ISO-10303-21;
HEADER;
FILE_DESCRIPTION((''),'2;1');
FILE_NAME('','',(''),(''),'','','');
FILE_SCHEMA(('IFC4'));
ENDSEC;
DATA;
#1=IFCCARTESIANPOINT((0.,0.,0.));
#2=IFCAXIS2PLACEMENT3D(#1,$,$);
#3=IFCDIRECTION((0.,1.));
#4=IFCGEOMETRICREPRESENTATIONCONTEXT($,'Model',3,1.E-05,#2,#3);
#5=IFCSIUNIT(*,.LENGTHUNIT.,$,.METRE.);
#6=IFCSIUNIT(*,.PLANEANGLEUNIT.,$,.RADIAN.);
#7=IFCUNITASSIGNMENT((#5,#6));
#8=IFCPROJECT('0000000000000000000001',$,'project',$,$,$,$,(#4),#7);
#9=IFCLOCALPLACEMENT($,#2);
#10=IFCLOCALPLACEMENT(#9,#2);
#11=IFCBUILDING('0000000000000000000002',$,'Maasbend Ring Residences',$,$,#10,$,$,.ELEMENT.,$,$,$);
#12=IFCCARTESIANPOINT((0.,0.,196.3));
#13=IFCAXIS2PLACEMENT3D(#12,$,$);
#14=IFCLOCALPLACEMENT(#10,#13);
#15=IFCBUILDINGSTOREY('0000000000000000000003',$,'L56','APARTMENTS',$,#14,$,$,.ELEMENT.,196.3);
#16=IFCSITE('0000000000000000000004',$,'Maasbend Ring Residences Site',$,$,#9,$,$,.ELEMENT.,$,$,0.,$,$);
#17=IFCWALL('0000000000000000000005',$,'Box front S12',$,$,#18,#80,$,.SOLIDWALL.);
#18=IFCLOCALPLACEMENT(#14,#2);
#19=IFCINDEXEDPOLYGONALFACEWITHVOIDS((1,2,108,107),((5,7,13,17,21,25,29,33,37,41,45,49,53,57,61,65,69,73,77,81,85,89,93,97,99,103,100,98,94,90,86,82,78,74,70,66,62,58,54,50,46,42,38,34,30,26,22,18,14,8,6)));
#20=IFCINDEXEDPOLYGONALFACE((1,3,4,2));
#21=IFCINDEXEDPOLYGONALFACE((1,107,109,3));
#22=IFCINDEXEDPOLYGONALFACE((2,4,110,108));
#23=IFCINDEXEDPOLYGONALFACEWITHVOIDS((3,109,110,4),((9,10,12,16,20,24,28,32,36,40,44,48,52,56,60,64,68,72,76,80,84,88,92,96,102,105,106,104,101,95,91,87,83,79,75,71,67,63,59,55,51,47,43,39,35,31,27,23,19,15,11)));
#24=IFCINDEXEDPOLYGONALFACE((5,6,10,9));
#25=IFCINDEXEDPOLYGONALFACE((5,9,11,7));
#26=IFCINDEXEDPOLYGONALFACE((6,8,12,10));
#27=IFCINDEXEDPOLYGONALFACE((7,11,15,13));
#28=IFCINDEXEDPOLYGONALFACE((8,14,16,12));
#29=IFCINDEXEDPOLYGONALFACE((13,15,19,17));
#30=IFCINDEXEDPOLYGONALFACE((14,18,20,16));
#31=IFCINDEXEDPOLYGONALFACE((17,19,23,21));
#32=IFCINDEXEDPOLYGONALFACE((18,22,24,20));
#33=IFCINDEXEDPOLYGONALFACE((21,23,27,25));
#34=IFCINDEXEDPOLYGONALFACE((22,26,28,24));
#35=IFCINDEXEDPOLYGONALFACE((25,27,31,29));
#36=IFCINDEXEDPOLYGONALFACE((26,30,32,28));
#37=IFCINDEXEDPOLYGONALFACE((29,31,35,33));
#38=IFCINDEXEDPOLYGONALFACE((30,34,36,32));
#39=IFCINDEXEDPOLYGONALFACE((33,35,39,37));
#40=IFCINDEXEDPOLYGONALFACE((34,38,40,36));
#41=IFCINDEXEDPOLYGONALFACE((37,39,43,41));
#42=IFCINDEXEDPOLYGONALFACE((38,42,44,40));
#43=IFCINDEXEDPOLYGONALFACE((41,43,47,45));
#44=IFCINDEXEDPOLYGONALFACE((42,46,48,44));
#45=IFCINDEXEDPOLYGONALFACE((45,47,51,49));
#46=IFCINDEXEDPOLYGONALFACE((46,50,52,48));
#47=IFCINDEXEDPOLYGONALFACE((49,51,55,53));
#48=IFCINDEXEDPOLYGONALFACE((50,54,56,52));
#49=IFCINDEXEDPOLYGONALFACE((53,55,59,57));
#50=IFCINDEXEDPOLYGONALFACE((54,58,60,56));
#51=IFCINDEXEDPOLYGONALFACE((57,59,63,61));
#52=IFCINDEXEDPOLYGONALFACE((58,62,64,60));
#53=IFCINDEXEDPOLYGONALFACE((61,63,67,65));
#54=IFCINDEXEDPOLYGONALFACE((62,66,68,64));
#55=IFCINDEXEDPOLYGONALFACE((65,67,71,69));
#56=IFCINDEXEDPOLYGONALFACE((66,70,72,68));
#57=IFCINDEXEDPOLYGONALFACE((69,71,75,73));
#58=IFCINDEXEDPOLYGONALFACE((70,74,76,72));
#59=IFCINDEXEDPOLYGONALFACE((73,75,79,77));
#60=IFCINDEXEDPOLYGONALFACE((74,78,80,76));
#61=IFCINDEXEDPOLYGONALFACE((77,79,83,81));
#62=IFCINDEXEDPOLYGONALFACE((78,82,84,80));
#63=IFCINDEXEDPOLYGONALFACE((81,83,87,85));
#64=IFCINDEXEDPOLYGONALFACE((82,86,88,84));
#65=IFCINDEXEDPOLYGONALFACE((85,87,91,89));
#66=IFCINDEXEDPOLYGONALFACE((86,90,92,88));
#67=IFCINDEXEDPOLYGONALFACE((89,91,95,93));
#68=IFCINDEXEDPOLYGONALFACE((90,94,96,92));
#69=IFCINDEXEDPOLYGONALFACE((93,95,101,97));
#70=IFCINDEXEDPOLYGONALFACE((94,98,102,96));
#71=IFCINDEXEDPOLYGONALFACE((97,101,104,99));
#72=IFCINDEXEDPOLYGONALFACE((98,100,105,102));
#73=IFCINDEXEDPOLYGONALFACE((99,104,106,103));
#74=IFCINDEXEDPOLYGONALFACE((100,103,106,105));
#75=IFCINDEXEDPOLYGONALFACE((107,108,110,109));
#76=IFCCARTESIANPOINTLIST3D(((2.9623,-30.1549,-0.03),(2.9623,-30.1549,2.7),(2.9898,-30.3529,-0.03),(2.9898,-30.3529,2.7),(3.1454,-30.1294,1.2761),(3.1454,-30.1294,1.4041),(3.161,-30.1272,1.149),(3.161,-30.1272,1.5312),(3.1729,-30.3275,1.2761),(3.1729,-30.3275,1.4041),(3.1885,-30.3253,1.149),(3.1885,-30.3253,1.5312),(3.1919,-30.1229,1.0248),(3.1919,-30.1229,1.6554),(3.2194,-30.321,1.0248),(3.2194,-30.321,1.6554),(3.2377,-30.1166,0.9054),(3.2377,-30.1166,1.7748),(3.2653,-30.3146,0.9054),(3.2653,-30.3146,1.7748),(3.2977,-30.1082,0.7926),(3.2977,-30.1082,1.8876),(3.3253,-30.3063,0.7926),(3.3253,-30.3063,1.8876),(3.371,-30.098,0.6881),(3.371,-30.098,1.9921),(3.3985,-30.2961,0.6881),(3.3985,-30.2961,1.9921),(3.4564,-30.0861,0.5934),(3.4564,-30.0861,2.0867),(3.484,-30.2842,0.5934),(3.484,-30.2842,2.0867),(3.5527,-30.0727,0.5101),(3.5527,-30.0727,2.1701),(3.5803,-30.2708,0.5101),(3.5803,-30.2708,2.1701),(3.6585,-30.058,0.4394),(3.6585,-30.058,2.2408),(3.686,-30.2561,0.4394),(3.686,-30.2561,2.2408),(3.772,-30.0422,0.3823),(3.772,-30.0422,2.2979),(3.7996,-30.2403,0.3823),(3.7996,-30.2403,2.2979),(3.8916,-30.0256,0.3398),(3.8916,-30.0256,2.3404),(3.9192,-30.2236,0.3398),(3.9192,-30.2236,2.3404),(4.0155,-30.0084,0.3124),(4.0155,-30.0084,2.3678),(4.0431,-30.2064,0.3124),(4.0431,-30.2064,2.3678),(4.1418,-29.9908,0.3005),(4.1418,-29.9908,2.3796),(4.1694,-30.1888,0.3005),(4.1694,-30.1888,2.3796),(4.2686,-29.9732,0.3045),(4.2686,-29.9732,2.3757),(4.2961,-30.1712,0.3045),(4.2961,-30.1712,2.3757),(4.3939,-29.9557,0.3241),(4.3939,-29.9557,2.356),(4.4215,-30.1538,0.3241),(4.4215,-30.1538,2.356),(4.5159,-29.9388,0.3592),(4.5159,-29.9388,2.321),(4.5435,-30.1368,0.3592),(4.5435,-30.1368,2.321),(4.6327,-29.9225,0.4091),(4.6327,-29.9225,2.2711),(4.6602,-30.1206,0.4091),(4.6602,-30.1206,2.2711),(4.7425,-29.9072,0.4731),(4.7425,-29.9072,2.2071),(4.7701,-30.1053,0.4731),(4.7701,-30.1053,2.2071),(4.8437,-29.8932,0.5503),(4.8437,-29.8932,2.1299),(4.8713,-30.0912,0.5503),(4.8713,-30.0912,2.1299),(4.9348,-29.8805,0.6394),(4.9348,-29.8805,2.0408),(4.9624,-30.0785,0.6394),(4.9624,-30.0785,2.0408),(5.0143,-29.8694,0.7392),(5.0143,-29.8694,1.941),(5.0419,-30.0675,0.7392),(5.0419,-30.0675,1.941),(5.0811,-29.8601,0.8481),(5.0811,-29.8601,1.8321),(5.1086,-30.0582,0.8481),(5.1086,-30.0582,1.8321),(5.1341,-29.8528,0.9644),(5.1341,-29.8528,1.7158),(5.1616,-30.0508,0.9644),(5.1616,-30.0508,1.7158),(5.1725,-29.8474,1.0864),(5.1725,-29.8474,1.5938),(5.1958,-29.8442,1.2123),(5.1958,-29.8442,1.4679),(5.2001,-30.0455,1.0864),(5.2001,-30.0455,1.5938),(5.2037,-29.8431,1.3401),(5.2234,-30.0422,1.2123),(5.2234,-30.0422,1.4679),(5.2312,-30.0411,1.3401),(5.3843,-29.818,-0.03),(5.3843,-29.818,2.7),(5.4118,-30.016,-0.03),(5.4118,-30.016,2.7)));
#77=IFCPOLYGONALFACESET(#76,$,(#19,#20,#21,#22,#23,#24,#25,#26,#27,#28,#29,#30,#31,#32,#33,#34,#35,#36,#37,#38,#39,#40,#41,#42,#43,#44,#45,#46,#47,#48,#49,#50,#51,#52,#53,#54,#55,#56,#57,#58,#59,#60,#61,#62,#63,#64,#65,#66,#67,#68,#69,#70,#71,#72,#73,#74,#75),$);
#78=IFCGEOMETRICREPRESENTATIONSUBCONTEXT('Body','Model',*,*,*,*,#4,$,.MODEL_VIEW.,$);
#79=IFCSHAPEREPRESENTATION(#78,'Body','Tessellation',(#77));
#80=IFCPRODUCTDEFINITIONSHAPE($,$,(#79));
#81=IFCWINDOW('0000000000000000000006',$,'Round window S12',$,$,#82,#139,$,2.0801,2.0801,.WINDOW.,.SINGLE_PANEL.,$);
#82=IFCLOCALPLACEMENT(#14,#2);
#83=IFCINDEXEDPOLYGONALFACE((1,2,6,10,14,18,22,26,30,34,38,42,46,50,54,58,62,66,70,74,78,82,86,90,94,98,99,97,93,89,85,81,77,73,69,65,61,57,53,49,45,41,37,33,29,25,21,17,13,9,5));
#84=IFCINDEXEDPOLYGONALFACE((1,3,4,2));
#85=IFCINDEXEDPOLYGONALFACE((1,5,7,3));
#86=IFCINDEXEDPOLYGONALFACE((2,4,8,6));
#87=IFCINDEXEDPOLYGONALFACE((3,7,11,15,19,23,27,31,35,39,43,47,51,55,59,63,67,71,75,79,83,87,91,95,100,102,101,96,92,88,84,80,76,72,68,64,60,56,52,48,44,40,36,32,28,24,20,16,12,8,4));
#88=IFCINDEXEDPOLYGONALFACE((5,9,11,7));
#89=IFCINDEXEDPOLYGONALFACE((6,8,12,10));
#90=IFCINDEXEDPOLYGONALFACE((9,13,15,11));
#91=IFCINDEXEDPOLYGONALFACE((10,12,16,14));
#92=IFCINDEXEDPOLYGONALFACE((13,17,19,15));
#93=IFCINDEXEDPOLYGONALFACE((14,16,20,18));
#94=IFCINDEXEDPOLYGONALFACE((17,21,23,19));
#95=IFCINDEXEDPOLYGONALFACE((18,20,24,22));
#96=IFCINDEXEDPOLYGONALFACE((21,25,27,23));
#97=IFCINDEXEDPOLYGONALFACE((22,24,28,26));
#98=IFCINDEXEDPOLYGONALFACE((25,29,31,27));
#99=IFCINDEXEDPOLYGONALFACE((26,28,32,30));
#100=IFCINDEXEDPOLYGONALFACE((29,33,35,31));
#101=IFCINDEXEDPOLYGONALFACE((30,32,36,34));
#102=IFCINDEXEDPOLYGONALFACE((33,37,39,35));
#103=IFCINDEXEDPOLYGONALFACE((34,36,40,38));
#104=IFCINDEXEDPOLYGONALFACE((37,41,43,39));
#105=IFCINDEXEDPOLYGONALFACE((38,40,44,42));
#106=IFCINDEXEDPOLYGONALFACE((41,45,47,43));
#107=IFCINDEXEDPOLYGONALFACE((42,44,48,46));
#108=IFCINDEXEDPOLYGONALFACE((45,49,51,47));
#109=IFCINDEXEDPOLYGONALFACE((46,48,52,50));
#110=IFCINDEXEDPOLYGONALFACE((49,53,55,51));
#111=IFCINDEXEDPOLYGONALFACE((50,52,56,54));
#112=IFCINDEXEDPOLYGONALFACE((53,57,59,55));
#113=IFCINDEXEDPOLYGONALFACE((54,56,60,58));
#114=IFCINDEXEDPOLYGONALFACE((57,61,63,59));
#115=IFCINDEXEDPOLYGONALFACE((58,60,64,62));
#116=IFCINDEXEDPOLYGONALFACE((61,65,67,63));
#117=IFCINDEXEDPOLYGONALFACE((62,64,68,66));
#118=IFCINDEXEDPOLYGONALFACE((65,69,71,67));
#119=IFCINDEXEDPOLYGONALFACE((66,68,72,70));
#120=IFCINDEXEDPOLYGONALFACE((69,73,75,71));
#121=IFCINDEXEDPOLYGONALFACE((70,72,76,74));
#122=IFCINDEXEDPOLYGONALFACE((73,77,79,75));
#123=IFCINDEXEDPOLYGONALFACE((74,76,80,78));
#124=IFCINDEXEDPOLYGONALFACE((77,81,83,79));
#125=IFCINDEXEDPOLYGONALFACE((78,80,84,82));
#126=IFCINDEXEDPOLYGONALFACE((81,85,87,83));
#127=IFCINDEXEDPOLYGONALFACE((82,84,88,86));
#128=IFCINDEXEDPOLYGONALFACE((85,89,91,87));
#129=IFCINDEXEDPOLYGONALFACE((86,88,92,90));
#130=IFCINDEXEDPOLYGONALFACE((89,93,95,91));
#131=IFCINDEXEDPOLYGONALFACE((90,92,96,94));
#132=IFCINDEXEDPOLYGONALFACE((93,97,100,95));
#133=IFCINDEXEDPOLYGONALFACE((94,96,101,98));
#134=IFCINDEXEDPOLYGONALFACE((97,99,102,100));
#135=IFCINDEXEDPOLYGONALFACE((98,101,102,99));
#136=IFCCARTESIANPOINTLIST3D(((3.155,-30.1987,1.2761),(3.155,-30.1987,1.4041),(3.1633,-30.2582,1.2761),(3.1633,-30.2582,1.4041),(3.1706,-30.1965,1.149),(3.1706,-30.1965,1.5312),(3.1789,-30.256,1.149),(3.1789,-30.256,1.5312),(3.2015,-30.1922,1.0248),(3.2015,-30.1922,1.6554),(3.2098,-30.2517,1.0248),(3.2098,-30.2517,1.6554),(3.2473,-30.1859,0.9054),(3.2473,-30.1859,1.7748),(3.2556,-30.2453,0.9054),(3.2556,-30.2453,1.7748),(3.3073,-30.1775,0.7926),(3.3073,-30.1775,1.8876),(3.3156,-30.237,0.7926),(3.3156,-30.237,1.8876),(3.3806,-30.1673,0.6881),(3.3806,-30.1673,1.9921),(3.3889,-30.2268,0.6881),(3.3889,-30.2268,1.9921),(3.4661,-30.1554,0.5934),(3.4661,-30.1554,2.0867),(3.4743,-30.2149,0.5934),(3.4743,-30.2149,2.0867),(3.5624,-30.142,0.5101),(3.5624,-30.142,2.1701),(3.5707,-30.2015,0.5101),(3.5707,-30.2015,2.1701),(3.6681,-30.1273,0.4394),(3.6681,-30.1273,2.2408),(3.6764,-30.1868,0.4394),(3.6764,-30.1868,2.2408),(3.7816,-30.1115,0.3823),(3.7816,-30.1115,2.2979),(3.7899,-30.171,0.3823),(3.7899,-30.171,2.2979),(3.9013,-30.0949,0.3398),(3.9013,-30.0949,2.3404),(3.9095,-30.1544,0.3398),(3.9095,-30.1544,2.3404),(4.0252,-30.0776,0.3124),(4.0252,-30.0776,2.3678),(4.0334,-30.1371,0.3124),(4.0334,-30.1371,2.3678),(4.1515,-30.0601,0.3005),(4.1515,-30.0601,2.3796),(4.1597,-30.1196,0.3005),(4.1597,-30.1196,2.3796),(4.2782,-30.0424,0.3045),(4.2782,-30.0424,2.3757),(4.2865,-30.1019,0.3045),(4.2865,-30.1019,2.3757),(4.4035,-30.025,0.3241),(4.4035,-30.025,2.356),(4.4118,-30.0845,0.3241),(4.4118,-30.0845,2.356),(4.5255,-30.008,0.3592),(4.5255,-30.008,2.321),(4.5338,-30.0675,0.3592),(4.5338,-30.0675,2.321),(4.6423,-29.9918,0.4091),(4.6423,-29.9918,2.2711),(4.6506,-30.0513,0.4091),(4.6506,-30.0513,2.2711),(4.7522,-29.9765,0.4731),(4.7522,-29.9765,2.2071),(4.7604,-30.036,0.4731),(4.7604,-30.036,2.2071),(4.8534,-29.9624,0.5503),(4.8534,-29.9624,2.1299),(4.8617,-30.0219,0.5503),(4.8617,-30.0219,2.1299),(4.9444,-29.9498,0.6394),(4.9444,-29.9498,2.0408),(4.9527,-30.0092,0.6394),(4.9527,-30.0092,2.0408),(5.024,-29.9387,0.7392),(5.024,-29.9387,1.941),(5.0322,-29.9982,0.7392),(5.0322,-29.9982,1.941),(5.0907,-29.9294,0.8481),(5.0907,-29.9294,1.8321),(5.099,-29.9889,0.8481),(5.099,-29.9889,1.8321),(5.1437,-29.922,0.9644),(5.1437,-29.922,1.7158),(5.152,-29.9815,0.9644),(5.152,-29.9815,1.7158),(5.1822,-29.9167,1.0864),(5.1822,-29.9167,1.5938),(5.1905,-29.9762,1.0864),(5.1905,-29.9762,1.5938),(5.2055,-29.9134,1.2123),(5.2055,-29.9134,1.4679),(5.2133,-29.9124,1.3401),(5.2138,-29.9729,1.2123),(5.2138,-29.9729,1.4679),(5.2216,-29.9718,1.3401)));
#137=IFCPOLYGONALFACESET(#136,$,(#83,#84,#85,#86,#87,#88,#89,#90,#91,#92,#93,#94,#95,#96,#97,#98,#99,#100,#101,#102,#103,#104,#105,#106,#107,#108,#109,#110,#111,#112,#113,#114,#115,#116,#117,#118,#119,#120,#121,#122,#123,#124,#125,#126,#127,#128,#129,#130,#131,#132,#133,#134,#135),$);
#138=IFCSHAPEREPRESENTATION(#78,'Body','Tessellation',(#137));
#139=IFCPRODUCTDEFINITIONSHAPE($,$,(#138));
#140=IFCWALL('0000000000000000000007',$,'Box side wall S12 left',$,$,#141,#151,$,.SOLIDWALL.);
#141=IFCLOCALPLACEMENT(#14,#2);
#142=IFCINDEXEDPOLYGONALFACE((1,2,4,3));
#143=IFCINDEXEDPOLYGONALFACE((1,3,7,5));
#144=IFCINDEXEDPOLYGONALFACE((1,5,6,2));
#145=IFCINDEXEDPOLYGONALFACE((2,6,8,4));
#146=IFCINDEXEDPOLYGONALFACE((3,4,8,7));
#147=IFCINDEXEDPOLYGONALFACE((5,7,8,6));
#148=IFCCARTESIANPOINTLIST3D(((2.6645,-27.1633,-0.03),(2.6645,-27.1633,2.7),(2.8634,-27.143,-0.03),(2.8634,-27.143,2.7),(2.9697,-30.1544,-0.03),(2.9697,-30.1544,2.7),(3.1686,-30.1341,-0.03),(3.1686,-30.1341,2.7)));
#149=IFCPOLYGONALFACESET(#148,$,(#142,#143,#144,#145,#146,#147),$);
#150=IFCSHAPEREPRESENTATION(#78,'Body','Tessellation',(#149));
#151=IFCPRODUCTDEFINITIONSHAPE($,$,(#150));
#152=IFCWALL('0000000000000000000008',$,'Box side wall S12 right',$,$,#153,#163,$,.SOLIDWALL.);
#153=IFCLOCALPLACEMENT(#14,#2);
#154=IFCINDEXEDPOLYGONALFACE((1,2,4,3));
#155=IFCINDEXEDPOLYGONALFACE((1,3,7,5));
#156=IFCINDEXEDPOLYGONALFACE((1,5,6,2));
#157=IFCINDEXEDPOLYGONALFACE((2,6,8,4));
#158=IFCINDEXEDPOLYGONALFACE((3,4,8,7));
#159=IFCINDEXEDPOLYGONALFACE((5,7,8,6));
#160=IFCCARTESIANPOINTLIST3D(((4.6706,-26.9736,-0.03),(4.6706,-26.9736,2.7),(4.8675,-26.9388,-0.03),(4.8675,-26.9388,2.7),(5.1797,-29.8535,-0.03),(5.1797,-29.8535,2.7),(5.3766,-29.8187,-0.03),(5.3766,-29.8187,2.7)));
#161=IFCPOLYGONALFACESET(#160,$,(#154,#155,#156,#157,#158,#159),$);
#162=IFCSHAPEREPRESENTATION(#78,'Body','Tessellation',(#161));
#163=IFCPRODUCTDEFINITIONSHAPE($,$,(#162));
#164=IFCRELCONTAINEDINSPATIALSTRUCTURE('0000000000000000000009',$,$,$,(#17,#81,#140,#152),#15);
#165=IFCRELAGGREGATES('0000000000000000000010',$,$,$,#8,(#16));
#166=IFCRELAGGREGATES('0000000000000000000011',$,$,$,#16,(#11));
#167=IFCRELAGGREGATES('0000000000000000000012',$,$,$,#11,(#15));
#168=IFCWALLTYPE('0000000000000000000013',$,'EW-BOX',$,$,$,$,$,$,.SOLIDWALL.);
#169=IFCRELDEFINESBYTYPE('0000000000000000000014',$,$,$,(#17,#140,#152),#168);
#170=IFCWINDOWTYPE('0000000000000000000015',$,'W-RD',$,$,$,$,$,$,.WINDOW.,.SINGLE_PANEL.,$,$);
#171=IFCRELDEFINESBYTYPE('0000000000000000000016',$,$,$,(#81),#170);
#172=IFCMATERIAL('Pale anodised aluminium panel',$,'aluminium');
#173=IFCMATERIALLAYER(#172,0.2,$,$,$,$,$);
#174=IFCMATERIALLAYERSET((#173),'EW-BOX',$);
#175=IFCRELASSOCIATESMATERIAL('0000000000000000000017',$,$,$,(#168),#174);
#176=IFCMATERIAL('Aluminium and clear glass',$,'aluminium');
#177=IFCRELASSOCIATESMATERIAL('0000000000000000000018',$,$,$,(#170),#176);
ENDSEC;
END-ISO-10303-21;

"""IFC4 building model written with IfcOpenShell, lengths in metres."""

from ifc_helpers import new_model, si_unit, direction, frame, frame_2d, origin, place, context, subcontext, project, spatial, rectangle, circle, extrude, material, layer, layer_set, type_object, element, fill, save


model = new_model("IFC4")

# Units and contexts
model_context = context("Model", 3, precision=1e-05, world=origin(), true_north=direction((0.0, 1.0)))
body_context = subcontext(model_context, "Body", "Model", "MODEL_VIEW")
ifc_project = project(units=[si_unit("LENGTHUNIT", "METRE"), si_unit("PLANEANGLEUNIT", "RADIAN")], contexts=[model_context])

# Site, building, storey
site_placement = place(None, origin())
site = spatial("IfcSite", under=ifc_project, at=site_placement, Name="Maasbend Ring Residences Site", CompositionType="ELEMENT", RefElevation=0.0)
building_placement = place(site_placement, origin())
building = spatial("IfcBuilding", under=site, at=building_placement, Name="Maasbend Ring Residences", CompositionType="ELEMENT")
storey_placement = place(building_placement, frame((0.0, 0.0, 196.3)))
storey = spatial("IfcBuildingStorey", under=building, at=storey_placement, Name="L56", Description="APARTMENTS", CompositionType="ELEMENT", Elevation=196.3)

# Wall, opening, window
ifc_material_1 = material(Name="Pale anodised aluminium panel", Category="aluminium")
ifc_layer_1 = layer(ifc_material_1, 0.2)
ifc_layer_set_1 = layer_set([ifc_layer_1], Name="EW-BOX")
wall_type_1 = type_object("IfcWallType", Name="EW-BOX", PredefinedType="SOLIDWALL", material=ifc_layer_set_1)
wall_1_placement = place(storey_placement, frame((2.9761, -30.2539, -0.03), z_axis=(0.0, 0.0, 1.0), x_axis=(0.990462, 0.137786, 0.0)))
wall_1 = element("IfcWall", 1, at=wall_1_placement, inside=storey, type_object=wall_type_1, Name="Box front S12", PredefinedType="SOLIDWALL", context=body_context, shape_type="SweptSolid", body=[
    extrude(rectangle(XDim=2.4453, YDim=0.2, at=frame_2d((1.2227, 0.0))), origin(), (0.0, 0.0, 1.0), 2.73),
])
opening_1_placement = place(wall_1_placement, frame((0.1829, 0.0, 0.3301)))
opening_1 = element("IfcOpeningElement", 2, at=opening_1_placement, cuts=wall_1, PredefinedType="OPENING", context=body_context, shape_type="SweptSolid", body=[
    extrude(circle(Radius=1.04, at=frame_2d((1.04, 1.04))), frame((0.0, 0.1099, 0.0), z_axis=(0.0, -1.0, 0.0), x_axis=(1.0, 0.0, 0.0)), (0.0, 0.0, 1.0), 0.22),
])
ifc_material_2 = material(Name="Aluminium and clear glass", Category="aluminium")
window_type_1 = type_object("IfcWindowType", Name="W-RD", PartitioningType="SINGLE_PANEL", PredefinedType="WINDOW", material=ifc_material_2)
window_1_placement = place(opening_1_placement, origin())
window_1 = element("IfcWindow", 3, at=window_1_placement, inside=storey, type_object=window_type_1, Name="Round window S12", OverallHeight=2.0801, OverallWidth=2.0801, PartitioningType="SINGLE_PANEL", PredefinedType="WINDOW", context=body_context, shape_type="SweptSolid", body=[
    extrude(circle(Radius=1.04, at=frame_2d((1.04, 1.04))), frame((0.0, 0.03, 0.0), z_axis=(0.0, -1.0, 0.0), x_axis=(1.0, 0.0, 0.0)), (0.0, 0.0, 1.0), 0.0601),
])
fill(opening_1, window_1)

# Walls
wall_2_placement = place(storey_placement, frame((2.7639, -27.1531, -0.03), z_axis=(0.0, 0.0, 1.0), x_axis=(0.101505, -0.994835, 0.0)))
element("IfcWall", 4, at=wall_2_placement, inside=storey, type_object=wall_type_1, Name="Box side wall S12 left", PredefinedType="SOLIDWALL", context=body_context, shape_type="SweptSolid", body=[
    extrude(rectangle(XDim=3.0066, YDim=0.2, at=frame_2d((1.5034, 0.0))), origin(), (0.0, 0.0, 1.0), 2.73),
])
wall_3_placement = place(storey_placement, frame((4.769, -26.9561, -0.03), z_axis=(0.0, 0.0, 1.0), x_axis=(0.174057, -0.984736, 0.0)))
element("IfcWall", 5, at=wall_3_placement, inside=storey, type_object=wall_type_1, Name="Box side wall S12 right", PredefinedType="SOLIDWALL", context=body_context, shape_type="SweptSolid", body=[
    extrude(rectangle(XDim=2.9246, YDim=0.2, at=frame_2d((1.4624, 0.0))), origin(), (0.0, 0.0, 1.0), 2.73),
])

save(model, "model.ifc")
